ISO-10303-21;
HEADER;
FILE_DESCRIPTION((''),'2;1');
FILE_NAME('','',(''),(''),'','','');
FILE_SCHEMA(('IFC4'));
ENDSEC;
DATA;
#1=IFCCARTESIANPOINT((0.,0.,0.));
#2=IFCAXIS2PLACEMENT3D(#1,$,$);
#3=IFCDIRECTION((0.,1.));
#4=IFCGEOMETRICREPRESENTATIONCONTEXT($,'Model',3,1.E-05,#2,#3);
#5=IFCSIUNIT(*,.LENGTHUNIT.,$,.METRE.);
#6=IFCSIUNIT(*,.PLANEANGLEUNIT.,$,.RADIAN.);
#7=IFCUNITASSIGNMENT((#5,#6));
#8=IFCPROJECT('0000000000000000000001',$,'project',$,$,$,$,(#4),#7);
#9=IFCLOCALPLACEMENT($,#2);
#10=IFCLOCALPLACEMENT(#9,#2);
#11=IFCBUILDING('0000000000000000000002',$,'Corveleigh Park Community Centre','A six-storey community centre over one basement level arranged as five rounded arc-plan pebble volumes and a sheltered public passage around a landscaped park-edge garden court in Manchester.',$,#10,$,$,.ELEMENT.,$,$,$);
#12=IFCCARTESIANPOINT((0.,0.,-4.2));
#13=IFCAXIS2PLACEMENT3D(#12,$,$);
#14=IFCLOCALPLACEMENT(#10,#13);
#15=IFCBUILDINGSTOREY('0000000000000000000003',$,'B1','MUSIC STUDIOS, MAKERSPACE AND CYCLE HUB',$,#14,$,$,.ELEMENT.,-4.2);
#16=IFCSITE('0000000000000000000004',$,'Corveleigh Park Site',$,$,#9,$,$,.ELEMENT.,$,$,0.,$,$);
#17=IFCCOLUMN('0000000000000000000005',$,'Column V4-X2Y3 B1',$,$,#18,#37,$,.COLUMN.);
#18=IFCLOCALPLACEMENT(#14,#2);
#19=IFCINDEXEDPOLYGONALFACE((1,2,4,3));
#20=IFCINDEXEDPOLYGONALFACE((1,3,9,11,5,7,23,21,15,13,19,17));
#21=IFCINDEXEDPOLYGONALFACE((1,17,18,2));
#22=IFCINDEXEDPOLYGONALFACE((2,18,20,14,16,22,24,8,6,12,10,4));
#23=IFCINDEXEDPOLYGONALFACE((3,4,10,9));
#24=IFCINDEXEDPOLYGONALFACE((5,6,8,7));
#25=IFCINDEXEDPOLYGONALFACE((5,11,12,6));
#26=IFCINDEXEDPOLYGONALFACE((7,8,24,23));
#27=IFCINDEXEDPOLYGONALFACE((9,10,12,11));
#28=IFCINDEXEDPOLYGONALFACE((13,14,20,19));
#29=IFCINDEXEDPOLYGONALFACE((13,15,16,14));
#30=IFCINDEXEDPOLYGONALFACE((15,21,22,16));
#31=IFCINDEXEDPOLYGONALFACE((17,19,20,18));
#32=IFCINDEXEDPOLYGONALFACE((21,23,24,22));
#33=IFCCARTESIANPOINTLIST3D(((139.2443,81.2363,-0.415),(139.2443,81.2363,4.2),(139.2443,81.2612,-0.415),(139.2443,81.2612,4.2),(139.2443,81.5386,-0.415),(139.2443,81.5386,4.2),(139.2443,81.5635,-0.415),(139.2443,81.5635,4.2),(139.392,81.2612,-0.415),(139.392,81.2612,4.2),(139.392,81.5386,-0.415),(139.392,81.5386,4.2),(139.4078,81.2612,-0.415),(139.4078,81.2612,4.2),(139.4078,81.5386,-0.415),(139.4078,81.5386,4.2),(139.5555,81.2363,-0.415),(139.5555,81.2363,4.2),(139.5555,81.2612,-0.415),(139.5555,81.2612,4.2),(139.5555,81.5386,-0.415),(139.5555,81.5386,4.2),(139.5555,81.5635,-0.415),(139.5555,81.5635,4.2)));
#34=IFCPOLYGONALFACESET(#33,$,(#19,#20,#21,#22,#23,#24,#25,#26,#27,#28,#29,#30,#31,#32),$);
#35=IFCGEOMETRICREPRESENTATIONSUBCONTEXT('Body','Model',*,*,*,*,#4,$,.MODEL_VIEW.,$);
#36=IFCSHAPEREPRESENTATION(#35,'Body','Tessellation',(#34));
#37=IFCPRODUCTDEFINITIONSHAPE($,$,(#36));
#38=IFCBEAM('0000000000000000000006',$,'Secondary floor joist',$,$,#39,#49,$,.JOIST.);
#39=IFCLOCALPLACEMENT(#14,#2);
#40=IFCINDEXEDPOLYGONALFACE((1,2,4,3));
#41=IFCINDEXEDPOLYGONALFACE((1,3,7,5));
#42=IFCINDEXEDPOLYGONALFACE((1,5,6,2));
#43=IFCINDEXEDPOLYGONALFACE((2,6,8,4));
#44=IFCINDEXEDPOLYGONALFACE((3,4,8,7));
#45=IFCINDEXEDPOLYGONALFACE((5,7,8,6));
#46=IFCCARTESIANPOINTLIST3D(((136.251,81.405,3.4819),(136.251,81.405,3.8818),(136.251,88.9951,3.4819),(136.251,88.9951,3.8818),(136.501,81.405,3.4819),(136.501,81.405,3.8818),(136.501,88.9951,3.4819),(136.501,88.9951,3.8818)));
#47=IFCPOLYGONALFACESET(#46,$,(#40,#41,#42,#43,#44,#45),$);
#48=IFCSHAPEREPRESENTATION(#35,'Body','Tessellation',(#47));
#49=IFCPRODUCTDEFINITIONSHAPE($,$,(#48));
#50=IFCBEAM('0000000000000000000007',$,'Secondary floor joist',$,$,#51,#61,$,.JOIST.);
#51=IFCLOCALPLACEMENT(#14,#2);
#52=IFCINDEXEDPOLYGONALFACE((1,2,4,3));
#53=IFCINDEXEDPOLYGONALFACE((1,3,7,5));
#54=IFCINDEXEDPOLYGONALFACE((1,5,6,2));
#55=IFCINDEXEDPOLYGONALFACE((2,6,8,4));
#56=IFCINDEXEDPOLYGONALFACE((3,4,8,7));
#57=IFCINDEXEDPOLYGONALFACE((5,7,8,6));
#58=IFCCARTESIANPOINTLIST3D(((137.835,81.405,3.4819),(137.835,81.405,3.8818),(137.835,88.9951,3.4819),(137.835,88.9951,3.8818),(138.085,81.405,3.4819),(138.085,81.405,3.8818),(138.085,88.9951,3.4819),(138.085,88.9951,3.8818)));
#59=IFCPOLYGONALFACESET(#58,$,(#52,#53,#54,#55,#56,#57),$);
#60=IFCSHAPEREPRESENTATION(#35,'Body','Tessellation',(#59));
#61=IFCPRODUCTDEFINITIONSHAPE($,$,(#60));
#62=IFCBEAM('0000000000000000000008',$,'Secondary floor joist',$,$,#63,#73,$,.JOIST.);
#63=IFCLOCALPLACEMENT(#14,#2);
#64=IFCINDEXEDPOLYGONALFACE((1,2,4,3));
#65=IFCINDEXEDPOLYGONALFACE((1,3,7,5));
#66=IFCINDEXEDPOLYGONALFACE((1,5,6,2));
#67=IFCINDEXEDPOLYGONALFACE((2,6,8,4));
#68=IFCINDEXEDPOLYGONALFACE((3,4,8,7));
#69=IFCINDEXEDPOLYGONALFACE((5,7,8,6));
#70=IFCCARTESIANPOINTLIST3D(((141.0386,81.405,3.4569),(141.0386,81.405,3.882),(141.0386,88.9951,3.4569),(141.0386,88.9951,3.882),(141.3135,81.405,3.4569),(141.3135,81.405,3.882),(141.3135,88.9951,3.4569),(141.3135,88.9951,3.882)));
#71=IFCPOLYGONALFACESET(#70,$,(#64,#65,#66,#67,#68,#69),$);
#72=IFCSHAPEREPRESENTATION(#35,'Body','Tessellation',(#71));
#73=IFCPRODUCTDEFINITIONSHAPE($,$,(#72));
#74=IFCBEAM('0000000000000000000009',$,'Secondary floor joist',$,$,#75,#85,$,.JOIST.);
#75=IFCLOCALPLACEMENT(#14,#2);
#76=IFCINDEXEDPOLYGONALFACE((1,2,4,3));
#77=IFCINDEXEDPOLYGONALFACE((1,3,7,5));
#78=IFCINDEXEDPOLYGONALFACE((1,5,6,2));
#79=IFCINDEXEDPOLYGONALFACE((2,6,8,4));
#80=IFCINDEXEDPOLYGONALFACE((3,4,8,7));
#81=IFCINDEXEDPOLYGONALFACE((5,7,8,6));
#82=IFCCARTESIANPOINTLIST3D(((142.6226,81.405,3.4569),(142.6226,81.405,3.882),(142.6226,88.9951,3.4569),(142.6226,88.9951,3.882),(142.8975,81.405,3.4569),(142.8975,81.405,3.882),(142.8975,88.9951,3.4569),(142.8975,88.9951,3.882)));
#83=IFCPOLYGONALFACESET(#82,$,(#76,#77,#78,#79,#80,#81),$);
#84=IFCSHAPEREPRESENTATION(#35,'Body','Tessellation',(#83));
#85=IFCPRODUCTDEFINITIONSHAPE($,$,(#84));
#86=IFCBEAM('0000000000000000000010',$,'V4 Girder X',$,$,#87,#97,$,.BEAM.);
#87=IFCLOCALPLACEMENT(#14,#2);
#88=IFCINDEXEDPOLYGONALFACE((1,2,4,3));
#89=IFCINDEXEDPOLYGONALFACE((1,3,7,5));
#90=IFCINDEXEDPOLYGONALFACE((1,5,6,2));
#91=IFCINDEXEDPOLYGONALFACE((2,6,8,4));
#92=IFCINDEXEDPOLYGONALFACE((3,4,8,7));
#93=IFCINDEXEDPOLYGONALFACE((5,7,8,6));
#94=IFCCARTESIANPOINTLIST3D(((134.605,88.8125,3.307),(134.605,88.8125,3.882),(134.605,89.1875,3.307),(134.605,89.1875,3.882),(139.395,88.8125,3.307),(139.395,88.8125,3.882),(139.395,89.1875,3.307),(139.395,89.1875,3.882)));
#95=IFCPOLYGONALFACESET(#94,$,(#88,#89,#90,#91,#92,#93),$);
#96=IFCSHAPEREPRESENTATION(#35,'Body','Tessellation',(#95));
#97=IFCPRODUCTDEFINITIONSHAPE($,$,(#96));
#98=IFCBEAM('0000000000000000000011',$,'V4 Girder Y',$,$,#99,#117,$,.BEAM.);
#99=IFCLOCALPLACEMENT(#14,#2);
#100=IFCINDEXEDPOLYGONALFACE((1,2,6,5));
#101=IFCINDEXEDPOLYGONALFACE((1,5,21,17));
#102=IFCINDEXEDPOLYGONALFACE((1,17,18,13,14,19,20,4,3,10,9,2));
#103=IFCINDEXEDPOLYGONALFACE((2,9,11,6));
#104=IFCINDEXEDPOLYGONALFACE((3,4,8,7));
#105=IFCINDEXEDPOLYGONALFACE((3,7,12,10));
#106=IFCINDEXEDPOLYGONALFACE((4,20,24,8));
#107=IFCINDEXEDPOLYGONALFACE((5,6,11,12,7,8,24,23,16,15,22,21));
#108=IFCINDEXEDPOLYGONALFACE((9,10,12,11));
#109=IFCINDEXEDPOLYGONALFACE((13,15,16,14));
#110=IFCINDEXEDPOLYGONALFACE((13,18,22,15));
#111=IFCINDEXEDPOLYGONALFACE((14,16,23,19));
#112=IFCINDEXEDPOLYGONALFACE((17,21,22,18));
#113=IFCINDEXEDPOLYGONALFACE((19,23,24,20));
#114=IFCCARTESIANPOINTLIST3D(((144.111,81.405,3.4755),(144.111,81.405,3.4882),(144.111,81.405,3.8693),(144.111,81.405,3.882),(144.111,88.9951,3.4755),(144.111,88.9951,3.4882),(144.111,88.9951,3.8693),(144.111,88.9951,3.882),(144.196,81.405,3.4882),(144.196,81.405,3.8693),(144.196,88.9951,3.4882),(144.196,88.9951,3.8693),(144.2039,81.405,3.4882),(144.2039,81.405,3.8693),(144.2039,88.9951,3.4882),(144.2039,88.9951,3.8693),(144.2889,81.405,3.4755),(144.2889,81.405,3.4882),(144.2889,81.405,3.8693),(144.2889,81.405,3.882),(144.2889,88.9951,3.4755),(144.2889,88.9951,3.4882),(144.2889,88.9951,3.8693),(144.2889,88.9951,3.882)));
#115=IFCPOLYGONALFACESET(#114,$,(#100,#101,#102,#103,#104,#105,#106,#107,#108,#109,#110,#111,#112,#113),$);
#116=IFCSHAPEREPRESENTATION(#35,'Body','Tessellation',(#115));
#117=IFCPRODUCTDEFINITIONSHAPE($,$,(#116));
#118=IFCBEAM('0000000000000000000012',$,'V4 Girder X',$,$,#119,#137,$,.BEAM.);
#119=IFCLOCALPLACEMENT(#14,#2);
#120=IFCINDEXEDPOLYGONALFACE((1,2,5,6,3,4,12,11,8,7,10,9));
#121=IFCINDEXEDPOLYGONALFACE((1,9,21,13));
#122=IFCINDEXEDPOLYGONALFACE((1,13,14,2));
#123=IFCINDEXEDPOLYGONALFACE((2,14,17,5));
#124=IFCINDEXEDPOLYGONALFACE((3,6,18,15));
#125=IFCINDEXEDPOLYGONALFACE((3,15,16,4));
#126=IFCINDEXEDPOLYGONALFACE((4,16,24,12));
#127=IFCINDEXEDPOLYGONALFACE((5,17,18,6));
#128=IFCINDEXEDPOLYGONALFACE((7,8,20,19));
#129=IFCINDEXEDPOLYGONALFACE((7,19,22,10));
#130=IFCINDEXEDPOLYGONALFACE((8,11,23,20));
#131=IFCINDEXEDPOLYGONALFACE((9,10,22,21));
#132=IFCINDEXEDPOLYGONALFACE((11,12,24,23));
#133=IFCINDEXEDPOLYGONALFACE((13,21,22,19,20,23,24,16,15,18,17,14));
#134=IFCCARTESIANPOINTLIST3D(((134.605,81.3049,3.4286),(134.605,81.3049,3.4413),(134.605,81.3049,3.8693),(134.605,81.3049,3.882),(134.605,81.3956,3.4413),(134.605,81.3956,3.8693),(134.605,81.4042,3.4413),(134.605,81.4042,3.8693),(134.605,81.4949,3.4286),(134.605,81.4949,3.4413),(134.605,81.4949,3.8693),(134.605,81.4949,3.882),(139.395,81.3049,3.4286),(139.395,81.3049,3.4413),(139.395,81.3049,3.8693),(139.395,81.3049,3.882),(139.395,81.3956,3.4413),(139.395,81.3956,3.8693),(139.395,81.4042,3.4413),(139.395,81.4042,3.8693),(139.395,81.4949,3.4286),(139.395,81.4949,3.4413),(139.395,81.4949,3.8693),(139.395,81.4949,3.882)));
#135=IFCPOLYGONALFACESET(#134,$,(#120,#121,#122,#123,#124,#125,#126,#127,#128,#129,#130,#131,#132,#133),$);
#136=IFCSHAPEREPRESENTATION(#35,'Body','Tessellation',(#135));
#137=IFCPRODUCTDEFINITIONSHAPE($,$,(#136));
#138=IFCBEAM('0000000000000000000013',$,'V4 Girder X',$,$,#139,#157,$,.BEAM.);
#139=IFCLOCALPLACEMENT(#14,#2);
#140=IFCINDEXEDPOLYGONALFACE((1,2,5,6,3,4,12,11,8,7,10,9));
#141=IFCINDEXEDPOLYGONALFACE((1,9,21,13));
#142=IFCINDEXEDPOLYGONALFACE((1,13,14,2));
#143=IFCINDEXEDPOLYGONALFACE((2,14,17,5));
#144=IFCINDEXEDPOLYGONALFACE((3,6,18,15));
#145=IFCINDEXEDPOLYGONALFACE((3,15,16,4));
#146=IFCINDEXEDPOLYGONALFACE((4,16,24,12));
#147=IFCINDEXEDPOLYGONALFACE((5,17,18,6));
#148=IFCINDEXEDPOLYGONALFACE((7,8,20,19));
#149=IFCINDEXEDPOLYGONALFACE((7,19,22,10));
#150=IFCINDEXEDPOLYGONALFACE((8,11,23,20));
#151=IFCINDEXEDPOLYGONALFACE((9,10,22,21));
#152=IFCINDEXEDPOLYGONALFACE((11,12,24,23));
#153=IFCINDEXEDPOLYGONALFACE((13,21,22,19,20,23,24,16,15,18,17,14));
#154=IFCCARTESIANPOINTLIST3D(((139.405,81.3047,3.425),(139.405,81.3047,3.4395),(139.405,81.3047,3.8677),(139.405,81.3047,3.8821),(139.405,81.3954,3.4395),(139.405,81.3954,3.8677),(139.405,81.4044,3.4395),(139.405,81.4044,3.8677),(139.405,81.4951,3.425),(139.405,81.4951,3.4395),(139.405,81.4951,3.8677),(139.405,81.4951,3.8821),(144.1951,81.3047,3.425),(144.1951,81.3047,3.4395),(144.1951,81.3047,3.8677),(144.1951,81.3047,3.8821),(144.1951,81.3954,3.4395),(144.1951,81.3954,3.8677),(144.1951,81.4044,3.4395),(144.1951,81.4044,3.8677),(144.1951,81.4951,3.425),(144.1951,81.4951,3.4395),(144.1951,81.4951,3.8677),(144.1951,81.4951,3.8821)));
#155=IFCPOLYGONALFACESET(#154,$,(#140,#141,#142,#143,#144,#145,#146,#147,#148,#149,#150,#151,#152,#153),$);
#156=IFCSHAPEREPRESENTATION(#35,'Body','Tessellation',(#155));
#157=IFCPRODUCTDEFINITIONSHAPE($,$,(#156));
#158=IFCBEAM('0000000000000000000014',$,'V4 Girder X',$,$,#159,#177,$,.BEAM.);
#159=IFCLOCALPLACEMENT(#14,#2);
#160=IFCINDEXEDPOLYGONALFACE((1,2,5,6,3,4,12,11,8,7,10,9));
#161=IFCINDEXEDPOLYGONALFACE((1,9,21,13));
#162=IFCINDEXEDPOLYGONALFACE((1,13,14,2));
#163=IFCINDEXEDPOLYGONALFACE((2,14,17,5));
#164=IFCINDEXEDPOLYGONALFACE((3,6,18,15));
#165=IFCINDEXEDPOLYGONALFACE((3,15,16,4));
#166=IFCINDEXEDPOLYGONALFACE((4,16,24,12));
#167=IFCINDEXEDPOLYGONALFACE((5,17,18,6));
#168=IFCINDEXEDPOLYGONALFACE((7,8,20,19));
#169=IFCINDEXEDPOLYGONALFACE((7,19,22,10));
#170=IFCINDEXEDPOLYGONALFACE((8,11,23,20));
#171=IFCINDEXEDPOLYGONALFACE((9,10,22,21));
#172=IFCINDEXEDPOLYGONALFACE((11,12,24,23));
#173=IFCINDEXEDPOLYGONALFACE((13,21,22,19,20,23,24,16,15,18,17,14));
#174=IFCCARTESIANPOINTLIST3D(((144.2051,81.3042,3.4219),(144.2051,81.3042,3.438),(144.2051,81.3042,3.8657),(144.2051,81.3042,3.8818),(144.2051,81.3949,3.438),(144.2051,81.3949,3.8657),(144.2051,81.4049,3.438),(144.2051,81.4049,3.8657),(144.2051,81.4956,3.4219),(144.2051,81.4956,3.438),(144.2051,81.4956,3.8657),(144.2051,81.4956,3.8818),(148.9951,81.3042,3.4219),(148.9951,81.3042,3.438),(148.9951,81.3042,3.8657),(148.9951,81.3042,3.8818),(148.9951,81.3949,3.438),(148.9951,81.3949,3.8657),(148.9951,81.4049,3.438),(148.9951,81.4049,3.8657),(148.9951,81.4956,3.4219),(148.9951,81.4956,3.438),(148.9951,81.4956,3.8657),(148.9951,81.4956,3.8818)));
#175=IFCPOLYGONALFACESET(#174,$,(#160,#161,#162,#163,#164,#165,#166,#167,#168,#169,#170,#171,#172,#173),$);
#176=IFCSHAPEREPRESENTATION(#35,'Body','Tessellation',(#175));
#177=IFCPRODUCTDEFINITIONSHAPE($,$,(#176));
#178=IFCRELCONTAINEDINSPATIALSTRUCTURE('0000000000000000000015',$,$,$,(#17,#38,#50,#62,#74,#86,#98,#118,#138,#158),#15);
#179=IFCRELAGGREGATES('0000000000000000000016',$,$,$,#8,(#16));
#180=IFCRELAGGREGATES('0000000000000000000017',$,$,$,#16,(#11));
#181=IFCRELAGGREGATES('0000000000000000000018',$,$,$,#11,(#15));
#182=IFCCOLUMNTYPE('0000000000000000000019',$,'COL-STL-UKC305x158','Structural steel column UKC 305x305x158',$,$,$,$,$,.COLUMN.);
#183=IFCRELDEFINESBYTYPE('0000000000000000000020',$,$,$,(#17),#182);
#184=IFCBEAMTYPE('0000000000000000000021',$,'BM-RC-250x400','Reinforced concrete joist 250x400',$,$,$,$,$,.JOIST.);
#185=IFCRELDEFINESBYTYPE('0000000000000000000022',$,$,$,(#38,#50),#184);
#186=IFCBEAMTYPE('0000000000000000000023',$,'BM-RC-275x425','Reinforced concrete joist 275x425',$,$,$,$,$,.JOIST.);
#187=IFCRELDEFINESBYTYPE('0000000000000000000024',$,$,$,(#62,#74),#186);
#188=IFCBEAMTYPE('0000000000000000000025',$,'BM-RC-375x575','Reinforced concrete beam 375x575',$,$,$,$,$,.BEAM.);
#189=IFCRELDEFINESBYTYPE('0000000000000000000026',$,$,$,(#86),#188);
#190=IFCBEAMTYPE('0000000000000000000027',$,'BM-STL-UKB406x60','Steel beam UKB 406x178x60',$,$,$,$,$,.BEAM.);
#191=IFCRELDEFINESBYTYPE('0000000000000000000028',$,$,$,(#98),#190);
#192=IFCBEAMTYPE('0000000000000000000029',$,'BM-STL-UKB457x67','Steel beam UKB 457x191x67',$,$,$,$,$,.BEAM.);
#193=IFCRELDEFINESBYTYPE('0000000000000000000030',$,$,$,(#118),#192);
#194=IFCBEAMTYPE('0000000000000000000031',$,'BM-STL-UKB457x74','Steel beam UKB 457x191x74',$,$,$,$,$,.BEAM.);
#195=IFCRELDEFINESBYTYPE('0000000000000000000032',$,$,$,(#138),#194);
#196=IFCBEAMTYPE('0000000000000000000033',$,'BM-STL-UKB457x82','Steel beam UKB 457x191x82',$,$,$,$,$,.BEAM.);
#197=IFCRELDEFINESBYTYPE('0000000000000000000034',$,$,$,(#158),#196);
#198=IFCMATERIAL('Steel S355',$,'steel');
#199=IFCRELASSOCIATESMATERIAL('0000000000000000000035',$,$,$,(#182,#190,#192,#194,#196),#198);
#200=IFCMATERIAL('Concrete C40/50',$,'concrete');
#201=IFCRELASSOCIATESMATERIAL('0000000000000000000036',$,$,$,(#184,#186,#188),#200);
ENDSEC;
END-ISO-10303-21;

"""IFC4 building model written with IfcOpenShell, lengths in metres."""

from ifc_helpers import new_model, si_unit, direction, frame, origin, origin_2d, place, context, subcontext, project, spatial, rectangle, i_section, extrude, material, material_profile, profile_set, type_object, element, save


model = new_model("IFC4")

# Units and contexts
model_context = context("Model", 3, precision=1e-05, world=origin(), true_north=direction((0.0, 1.0)))
body_context = subcontext(model_context, "Body", "Model", "MODEL_VIEW")
ifc_project = project(units=[si_unit("LENGTHUNIT", "METRE"), si_unit("PLANEANGLEUNIT", "RADIAN")], contexts=[model_context])

# Site, building, storey
site_placement = place(None, origin())
site = spatial("IfcSite", under=ifc_project, at=site_placement, Name="Corveleigh Park Site", CompositionType="ELEMENT", RefElevation=0.0)
building_placement = place(site_placement, origin())
building = spatial("IfcBuilding", under=site, at=building_placement, Name="Corveleigh Park Community Centre", Description="A six-storey community centre over one basement level arranged as five rounded arc-plan pebble volumes and a sheltered public passage around a landscaped park-edge garden court in Manchester.", CompositionType="ELEMENT")
storey_placement = place(building_placement, frame((0.0, 0.0, -4.2)))
storey = spatial("IfcBuildingStorey", under=building, at=storey_placement, Name="B1", Description="MUSIC STUDIOS, MAKERSPACE AND CYCLE HUB", CompositionType="ELEMENT", Elevation=-4.2)

# Shared definitions
ifc_material_1 = material(Name="Concrete C40/50", Category="concrete")

# Column
ifc_material_2 = material(Name="Steel S355", Category="steel")
ifc_material_profile_1 = material_profile(ifc_material_2, i_section(OverallWidth=0.3113, OverallDepth=0.3271, WebThickness=0.0159, FlangeThickness=0.0249, at=origin_2d()), Name="UKC 305x305x158", Category="steel")
ifc_profile_set_1 = profile_set([ifc_material_profile_1], Name="Steel S355")
column_type_1 = type_object("IfcColumnType", Name="COL-STL-UKC305x158", Description="Structural steel column UKC 305x305x158", PredefinedType="COLUMN", material=ifc_profile_set_1)
column_1_placement = place(storey_placement, frame((139.3999, 81.3999, -0.415), z_axis=(0.0, 0.0, 1.0), x_axis=(1.0, 0.0, 0.0)))
element("IfcColumn", 1, at=column_1_placement, inside=storey, type_object=column_type_1, Name="Column V4-X2Y3 B1", PredefinedType="COLUMN", context=body_context, shape_type="SweptSolid", body=[
    extrude(i_section(OverallWidth=0.3113, OverallDepth=0.3271, WebThickness=0.0159, FlangeThickness=0.0249, at=origin_2d()), origin(), (0.0, 0.0, 1.0), 4.615),
])

# Beams
ifc_material_profile_2 = material_profile(ifc_material_1, rectangle(XDim=0.25, YDim=0.3999, at=origin_2d()), Name="RC-250x400", Category="concrete")
ifc_profile_set_2 = profile_set([ifc_material_profile_2], Name="Concrete C40/50")
beam_type_1 = type_object("IfcBeamType", Name="BM-RC-250x400", Description="Reinforced concrete joist 250x400", PredefinedType="JOIST", material=ifc_profile_set_2)
for number, where, z_axis, x_axis, name in (
    (2, (136.376, 81.405, 3.6819), (0.0, 1.0, 0.0), (-1.0, 0.0, 0.0), "Secondary floor joist"),
    (3, (137.96, 81.405, 3.6819), (0.0, 1.0, 0.0), (-1.0, 0.0, 0.0), "Secondary floor joist"),
):
    element("IfcBeam", number, at=place(storey_placement, frame(where, z_axis=z_axis, x_axis=x_axis)), inside=storey, type_object=beam_type_1, Name=name, PredefinedType="JOIST", context=body_context, shape_type="SweptSolid", body=[
        extrude(rectangle(XDim=0.25, YDim=0.3999, at=origin_2d()), origin(), (0.0, 0.0, 1.0), 7.5901),
    ])
ifc_material_profile_3 = material_profile(ifc_material_1, rectangle(XDim=0.2749, YDim=0.425, at=origin_2d()), Name="RC-275x425", Category="concrete")
ifc_profile_set_3 = profile_set([ifc_material_profile_3], Name="Concrete C40/50")
beam_type_2 = type_object("IfcBeamType", Name="BM-RC-275x425", Description="Reinforced concrete joist 275x425", PredefinedType="JOIST", material=ifc_profile_set_3)
for number, where, z_axis, x_axis, name in (
    (4, (141.176, 81.405, 3.6694), (0.0, 1.0, 0.0), (-1.0, 0.0, 0.0), "Secondary floor joist"),
    (5, (142.76, 81.405, 3.6694), (0.0, 1.0, 0.0), (-1.0, 0.0, 0.0), "Secondary floor joist"),
):
    element("IfcBeam", number, at=place(storey_placement, frame(where, z_axis=z_axis, x_axis=x_axis)), inside=storey, type_object=beam_type_2, Name=name, PredefinedType="JOIST", context=body_context, shape_type="SweptSolid", body=[
        extrude(rectangle(XDim=0.2749, YDim=0.425, at=origin_2d()), origin(), (0.0, 0.0, 1.0), 7.5901),
    ])
ifc_material_profile_4 = material_profile(ifc_material_1, rectangle(XDim=0.375, YDim=0.575, at=origin_2d()), Name="RC-375x575", Category="concrete")
ifc_profile_set_4 = profile_set([ifc_material_profile_4], Name="Concrete C40/50")
beam_type_3 = type_object("IfcBeamType", Name="BM-RC-375x575", Description="Reinforced concrete beam 375x575", PredefinedType="BEAM", material=ifc_profile_set_4)
beam_1_placement = place(storey_placement, frame((134.605, 89.0, 3.5945), z_axis=(1.0, 0.0, 0.0), x_axis=(0.0, 1.0, 0.0)))
element("IfcBeam", 6, at=beam_1_placement, inside=storey, type_object=beam_type_3, Name="V4 Girder X", PredefinedType="BEAM", context=body_context, shape_type="SweptSolid", body=[
    extrude(rectangle(XDim=0.375, YDim=0.575, at=origin_2d()), origin(), (0.0, 0.0, 1.0), 4.79),
])
ifc_material_profile_5 = material_profile(ifc_material_2, i_section(OverallWidth=0.178, OverallDepth=0.4065, WebThickness=0.0078, FlangeThickness=0.0127, at=origin_2d()), Name="UKB 406x178x60", Category="steel")
ifc_profile_set_5 = profile_set([ifc_material_profile_5], Name="Steel S355")
beam_type_4 = type_object("IfcBeamType", Name="BM-STL-UKB406x60", Description="Steel beam UKB 406x178x60", PredefinedType="BEAM", material=ifc_profile_set_5)
beam_2_placement = place(storey_placement, frame((144.2, 81.405, 3.6787), z_axis=(0.0, 1.0, 0.0), x_axis=(-1.0, 0.0, 0.0)))
element("IfcBeam", 7, at=beam_2_placement, inside=storey, type_object=beam_type_4, Name="V4 Girder Y", PredefinedType="BEAM", context=body_context, shape_type="SweptSolid", body=[
    extrude(i_section(OverallWidth=0.178, OverallDepth=0.4065, WebThickness=0.0078, FlangeThickness=0.0127, at=origin_2d()), origin(), (0.0, 0.0, 1.0), 7.5901),
])
ifc_material_profile_6 = material_profile(ifc_material_2, i_section(OverallWidth=0.1899, OverallDepth=0.4534, WebThickness=0.0085, FlangeThickness=0.0127, at=origin_2d()), Name="UKB 457x191x67", Category="steel")
ifc_profile_set_6 = profile_set([ifc_material_profile_6], Name="Steel S355")
beam_type_5 = type_object("IfcBeamType", Name="BM-STL-UKB457x67", Description="Steel beam UKB 457x191x67", PredefinedType="BEAM", material=ifc_profile_set_6)
beam_3_placement = place(storey_placement, frame((134.605, 81.3999, 3.6553), z_axis=(1.0, 0.0, 0.0), x_axis=(0.0, 1.0, 0.0)))
element("IfcBeam", 8, at=beam_3_placement, inside=storey, type_object=beam_type_5, Name="V4 Girder X", PredefinedType="BEAM", context=body_context, shape_type="SweptSolid", body=[
    extrude(i_section(OverallWidth=0.1899, OverallDepth=0.4534, WebThickness=0.0085, FlangeThickness=0.0127, at=origin_2d()), origin(), (0.0, 0.0, 1.0), 4.79),
])
ifc_material_profile_7 = material_profile(ifc_material_2, i_section(OverallWidth=0.1904, OverallDepth=0.457, WebThickness=0.009, FlangeThickness=0.0144, at=origin_2d()), Name="UKB 457x191x74", Category="steel")
ifc_profile_set_7 = profile_set([ifc_material_profile_7], Name="Steel S355")
beam_type_6 = type_object("IfcBeamType", Name="BM-STL-UKB457x74", Description="Steel beam UKB 457x191x74", PredefinedType="BEAM", material=ifc_profile_set_7)
beam_4_placement = place(storey_placement, frame((139.405, 81.3999, 3.6536), z_axis=(1.0, 0.0, 0.0), x_axis=(0.0, 1.0, 0.0)))
element("IfcBeam", 9, at=beam_4_placement, inside=storey, type_object=beam_type_6, Name="V4 Girder X", PredefinedType="BEAM", context=body_context, shape_type="SweptSolid", body=[
    extrude(i_section(OverallWidth=0.1904, OverallDepth=0.457, WebThickness=0.009, FlangeThickness=0.0144, at=origin_2d()), origin(), (0.0, 0.0, 1.0), 4.79),
])
ifc_material_profile_8 = material_profile(ifc_material_2, i_section(OverallWidth=0.1914, OverallDepth=0.46, WebThickness=0.01, FlangeThickness=0.0161, at=origin_2d()), Name="UKB 457x191x82", Category="steel")
ifc_profile_set_8 = profile_set([ifc_material_profile_8], Name="Steel S355")
beam_type_7 = type_object("IfcBeamType", Name="BM-STL-UKB457x82", Description="Steel beam UKB 457x191x82", PredefinedType="BEAM", material=ifc_profile_set_8)
beam_5_placement = place(storey_placement, frame((144.2051, 81.3999, 3.6519), z_axis=(1.0, 0.0, 0.0), x_axis=(0.0, 1.0, 0.0)))
element("IfcBeam", 10, at=beam_5_placement, inside=storey, type_object=beam_type_7, Name="V4 Girder X", PredefinedType="BEAM", context=body_context, shape_type="SweptSolid", body=[
    extrude(i_section(OverallWidth=0.1914, OverallDepth=0.46, WebThickness=0.01, FlangeThickness=0.0161, at=origin_2d()), origin(), (0.0, 0.0, 1.0), 4.79),
])

save(model, "model.ifc")
